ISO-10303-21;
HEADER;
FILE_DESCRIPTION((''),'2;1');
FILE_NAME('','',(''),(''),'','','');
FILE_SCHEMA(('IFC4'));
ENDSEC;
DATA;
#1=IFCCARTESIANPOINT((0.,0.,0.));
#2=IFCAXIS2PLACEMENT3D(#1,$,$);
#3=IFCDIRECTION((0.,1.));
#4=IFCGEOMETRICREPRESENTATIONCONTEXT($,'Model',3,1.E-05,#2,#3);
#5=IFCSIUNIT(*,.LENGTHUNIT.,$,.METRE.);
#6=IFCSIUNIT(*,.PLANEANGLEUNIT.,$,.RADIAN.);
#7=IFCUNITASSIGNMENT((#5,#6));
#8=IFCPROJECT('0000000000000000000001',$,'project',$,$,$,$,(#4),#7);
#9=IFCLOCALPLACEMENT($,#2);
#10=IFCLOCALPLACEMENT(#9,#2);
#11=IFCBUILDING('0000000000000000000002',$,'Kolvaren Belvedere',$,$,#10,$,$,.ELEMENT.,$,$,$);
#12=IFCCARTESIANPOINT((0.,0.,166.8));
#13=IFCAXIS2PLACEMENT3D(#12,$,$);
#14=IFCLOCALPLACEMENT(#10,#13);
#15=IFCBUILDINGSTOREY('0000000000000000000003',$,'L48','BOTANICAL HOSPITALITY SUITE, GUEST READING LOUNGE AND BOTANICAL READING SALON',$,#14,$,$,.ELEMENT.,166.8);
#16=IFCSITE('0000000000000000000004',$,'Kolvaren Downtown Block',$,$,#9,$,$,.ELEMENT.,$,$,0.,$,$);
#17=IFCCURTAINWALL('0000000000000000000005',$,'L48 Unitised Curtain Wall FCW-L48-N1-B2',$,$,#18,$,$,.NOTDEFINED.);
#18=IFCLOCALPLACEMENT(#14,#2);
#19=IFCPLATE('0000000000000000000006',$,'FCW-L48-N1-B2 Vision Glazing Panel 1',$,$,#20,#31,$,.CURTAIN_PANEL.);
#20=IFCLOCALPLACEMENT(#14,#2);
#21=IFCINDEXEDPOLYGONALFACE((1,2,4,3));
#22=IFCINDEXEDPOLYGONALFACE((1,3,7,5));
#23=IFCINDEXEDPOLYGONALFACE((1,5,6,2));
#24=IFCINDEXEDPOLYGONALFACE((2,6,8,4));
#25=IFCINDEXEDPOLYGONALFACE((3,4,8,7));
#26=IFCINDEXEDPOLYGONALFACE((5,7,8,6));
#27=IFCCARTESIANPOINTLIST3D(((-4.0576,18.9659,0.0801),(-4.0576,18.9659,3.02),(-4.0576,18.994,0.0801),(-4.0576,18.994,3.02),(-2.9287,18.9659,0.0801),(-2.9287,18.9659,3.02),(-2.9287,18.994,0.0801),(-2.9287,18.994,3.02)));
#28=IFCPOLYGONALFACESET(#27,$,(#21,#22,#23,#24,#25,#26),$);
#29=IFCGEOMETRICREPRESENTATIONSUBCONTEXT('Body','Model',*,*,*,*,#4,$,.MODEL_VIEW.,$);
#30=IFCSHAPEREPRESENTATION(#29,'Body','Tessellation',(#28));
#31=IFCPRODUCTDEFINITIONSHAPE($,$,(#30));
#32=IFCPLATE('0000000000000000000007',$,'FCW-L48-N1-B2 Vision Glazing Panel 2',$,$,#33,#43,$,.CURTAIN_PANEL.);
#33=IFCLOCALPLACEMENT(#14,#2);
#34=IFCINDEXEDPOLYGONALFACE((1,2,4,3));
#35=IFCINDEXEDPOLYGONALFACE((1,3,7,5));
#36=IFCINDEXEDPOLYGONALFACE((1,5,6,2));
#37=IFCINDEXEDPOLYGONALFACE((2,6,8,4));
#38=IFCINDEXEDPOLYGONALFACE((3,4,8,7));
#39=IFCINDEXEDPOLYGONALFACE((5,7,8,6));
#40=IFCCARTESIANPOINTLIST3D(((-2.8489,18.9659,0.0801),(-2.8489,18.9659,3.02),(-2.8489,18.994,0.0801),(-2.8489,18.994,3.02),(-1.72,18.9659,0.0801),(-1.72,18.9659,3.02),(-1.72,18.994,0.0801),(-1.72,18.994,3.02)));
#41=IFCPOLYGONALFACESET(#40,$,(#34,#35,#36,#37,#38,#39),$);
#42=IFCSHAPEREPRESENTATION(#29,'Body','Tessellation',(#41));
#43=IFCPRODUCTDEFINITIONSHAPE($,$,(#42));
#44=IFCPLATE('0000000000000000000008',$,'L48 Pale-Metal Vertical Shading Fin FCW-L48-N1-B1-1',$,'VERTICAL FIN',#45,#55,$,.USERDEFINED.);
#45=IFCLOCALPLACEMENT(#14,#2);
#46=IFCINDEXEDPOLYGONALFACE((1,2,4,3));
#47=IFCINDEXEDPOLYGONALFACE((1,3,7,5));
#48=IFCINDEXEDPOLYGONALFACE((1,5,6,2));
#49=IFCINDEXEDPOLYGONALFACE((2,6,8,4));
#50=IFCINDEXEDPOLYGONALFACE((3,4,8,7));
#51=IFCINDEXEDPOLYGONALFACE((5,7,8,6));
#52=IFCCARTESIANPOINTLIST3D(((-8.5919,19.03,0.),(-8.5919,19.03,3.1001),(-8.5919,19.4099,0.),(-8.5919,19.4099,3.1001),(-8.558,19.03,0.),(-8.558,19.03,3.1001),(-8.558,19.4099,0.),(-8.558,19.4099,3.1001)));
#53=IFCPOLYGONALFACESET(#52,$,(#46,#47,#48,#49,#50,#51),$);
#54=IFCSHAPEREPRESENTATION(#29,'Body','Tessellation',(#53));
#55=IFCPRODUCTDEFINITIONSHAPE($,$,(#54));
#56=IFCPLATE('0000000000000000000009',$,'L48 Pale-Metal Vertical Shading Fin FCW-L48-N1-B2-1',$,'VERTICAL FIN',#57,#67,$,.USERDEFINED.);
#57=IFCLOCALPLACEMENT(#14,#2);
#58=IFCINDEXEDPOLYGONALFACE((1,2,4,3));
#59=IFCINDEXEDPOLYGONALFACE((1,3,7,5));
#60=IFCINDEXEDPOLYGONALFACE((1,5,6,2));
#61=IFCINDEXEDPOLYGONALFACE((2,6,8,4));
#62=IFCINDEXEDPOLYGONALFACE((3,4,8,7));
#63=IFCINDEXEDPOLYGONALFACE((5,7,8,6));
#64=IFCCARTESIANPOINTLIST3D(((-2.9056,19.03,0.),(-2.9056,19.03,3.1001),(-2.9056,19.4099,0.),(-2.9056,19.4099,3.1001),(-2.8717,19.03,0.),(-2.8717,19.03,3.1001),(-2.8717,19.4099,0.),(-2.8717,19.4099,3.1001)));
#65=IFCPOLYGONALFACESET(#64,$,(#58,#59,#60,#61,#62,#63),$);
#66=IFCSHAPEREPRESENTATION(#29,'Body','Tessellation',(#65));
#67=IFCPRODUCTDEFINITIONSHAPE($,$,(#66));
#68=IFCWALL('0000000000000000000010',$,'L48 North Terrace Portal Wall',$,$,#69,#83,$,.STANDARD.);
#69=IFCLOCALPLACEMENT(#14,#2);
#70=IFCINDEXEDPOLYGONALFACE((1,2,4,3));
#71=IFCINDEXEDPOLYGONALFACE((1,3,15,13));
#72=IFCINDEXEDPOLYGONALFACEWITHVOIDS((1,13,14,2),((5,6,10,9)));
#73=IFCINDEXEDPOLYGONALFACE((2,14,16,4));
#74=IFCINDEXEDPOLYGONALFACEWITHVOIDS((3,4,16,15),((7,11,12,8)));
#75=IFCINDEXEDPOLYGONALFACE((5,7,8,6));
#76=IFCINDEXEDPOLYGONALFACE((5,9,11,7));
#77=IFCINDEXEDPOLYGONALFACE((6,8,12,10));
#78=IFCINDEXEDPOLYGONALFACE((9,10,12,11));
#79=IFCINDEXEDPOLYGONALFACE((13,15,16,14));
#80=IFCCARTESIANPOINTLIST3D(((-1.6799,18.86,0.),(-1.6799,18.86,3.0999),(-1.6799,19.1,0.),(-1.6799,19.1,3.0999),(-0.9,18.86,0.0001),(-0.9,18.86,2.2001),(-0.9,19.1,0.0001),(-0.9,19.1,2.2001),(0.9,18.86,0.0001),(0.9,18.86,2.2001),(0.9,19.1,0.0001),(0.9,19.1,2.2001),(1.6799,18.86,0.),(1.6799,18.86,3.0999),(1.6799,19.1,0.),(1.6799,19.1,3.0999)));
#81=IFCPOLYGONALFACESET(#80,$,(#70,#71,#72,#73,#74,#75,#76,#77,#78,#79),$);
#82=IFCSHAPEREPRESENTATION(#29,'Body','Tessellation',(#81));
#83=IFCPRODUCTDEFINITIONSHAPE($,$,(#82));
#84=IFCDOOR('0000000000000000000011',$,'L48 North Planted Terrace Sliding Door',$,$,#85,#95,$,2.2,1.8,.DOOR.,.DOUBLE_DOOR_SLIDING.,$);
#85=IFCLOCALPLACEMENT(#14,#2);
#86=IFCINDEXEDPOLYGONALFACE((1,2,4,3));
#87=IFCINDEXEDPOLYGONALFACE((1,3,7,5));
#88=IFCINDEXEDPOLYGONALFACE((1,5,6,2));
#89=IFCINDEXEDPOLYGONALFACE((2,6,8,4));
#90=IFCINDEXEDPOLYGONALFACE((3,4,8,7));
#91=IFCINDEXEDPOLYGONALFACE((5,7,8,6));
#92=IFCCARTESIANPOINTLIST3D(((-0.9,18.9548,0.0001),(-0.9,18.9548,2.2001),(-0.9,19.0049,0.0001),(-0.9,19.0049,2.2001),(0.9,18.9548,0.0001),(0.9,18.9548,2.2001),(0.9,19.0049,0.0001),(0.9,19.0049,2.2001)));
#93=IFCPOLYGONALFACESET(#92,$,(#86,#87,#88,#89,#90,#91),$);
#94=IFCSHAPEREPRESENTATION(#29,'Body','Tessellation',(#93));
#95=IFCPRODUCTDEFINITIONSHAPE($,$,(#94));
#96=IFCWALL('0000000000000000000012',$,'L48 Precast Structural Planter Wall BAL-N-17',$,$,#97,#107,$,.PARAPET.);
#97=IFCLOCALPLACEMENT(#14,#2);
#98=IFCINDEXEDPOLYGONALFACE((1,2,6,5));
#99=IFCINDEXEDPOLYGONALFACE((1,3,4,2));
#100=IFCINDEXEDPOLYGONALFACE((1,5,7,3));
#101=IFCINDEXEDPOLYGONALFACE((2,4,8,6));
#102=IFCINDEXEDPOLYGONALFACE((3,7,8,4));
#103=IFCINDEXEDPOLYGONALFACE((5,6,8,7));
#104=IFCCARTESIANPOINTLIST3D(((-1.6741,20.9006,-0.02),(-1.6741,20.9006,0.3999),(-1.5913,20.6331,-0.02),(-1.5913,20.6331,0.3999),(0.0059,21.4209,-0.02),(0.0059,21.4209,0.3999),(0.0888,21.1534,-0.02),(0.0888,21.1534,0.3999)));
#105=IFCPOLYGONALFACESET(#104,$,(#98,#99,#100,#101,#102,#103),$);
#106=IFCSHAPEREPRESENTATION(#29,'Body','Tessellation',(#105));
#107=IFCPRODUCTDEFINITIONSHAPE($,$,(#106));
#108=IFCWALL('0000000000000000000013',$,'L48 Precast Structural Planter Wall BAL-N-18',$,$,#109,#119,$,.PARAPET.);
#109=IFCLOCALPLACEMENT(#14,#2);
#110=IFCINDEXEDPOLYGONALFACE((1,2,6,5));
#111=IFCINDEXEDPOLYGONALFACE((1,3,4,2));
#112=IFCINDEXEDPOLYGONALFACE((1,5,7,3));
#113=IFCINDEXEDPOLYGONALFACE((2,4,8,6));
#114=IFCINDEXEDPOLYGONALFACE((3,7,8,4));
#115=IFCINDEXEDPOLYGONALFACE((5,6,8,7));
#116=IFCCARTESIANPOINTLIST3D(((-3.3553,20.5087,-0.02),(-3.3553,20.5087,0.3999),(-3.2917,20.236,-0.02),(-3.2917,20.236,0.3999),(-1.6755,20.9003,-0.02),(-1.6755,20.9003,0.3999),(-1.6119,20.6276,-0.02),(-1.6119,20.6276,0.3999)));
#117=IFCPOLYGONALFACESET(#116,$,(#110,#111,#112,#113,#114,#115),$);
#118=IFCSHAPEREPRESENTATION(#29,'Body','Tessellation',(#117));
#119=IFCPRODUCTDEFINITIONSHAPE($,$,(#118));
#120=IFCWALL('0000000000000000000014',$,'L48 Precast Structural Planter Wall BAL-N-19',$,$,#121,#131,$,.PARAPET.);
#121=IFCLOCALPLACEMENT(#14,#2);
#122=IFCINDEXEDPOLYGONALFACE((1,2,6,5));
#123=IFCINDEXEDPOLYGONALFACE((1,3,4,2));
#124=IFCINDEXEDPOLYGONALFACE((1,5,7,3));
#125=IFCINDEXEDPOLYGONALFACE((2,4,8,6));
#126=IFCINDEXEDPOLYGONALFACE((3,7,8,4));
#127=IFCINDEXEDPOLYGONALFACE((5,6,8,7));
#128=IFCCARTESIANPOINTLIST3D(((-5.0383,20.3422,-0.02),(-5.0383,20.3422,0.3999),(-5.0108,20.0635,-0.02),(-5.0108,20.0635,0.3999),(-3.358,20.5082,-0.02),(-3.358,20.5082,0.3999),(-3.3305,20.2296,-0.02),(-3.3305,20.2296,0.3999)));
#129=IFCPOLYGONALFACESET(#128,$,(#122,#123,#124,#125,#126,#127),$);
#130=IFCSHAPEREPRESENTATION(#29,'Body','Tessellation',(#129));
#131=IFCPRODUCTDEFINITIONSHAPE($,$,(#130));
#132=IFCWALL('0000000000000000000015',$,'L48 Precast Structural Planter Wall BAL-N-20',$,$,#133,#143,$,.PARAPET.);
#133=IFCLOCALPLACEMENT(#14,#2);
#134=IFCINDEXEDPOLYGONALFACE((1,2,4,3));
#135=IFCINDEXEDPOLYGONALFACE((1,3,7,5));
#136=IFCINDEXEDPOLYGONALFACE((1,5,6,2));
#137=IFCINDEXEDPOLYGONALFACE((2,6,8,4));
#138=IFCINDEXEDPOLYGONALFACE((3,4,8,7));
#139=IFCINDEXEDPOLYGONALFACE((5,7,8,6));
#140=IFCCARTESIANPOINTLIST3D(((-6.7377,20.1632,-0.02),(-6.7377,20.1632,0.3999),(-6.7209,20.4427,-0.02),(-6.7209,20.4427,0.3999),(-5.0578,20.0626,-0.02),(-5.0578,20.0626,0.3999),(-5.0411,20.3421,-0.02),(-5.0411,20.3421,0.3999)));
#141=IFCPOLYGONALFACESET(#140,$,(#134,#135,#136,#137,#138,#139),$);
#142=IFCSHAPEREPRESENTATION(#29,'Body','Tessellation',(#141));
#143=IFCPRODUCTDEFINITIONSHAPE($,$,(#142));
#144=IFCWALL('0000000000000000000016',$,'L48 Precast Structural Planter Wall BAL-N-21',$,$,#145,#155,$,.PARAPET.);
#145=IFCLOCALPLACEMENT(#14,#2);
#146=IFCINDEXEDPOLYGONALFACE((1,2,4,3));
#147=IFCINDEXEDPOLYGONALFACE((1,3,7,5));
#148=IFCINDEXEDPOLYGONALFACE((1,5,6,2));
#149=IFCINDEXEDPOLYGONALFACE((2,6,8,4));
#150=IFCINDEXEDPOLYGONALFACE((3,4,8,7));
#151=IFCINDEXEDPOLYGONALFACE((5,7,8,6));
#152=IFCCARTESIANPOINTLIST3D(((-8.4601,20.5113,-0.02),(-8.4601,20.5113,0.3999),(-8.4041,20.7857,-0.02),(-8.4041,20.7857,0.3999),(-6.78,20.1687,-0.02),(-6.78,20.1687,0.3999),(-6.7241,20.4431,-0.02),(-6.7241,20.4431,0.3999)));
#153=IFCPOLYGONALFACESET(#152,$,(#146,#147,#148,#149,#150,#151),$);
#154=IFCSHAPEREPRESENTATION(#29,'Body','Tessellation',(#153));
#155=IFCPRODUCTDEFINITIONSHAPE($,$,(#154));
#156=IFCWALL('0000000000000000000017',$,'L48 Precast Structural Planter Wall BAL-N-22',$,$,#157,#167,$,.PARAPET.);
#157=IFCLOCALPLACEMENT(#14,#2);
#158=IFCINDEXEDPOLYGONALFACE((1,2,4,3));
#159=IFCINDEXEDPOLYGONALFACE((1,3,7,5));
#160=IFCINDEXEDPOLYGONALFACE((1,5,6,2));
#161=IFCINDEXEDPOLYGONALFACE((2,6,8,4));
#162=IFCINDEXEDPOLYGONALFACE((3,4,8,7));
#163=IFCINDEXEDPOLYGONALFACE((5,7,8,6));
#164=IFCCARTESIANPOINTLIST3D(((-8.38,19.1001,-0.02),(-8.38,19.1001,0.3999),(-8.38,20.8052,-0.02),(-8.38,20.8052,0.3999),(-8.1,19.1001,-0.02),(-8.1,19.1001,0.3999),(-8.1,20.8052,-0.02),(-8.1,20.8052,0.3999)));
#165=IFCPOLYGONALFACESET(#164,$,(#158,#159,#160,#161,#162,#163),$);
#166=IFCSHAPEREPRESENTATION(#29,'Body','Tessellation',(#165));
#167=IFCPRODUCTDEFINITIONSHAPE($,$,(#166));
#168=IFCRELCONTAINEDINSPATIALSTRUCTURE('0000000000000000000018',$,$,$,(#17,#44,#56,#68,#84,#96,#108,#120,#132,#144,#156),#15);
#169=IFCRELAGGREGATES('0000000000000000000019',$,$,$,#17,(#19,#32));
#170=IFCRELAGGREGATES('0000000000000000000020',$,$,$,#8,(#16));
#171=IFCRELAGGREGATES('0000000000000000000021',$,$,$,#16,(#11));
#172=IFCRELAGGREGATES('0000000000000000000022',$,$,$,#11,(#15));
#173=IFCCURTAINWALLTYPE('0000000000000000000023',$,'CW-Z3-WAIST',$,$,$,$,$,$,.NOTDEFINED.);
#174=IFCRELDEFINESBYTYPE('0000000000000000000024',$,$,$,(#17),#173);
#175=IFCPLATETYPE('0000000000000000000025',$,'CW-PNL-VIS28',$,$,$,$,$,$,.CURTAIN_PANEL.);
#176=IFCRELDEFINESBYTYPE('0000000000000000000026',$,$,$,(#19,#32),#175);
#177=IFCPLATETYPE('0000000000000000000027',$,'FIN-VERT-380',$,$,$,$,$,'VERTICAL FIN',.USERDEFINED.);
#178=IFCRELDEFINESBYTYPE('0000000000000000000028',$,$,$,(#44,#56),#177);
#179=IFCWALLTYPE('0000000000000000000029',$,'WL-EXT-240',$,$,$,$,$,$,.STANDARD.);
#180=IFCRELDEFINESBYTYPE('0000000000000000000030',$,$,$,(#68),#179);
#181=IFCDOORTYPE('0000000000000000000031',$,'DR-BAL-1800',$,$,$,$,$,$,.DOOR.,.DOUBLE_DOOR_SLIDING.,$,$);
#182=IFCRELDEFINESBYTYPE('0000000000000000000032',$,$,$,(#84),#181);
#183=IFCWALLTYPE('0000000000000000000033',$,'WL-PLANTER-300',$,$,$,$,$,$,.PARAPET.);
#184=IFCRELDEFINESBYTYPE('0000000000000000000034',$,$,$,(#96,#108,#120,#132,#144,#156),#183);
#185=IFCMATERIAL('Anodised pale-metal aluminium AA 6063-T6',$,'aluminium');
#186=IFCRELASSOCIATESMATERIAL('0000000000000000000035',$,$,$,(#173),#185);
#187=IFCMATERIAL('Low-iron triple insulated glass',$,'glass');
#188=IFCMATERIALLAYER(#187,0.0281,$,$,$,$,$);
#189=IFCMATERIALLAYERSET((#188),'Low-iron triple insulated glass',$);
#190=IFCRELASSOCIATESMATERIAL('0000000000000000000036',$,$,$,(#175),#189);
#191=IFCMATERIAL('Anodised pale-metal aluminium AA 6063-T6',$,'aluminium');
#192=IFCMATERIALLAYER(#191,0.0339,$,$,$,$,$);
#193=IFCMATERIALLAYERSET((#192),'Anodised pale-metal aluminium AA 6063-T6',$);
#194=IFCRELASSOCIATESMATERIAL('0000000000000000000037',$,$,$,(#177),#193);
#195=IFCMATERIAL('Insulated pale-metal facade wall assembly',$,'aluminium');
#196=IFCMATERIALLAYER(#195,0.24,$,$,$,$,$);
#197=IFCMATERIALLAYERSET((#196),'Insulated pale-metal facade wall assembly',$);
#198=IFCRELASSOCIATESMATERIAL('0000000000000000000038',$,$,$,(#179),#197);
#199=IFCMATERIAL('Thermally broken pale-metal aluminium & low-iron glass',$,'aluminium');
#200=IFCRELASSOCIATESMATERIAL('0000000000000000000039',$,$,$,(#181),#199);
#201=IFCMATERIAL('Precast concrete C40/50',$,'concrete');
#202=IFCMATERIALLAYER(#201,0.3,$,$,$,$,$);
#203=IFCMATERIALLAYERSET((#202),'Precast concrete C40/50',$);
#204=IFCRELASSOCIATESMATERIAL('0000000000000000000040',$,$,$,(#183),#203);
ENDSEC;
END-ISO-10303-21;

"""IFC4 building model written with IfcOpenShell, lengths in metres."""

from ifc_helpers import new_model, si_unit, direction, frame, frame_2d, origin, origin_2d, place, context, subcontext, project, spatial, rectangle, extrude, material, layer, layer_set, type_object, element, fill, aggregate, save


model = new_model("IFC4")

# Units and contexts
model_context = context("Model", 3, precision=1e-05, world=origin(), true_north=direction((0.0, 1.0)))
body_context = subcontext(model_context, "Body", "Model", "MODEL_VIEW")
ifc_project = project(units=[si_unit("LENGTHUNIT", "METRE"), si_unit("PLANEANGLEUNIT", "RADIAN")], contexts=[model_context])

# Site, building, storey
site_placement = place(None, origin())
site = spatial("IfcSite", under=ifc_project, at=site_placement, Name="Kolvaren Downtown Block", CompositionType="ELEMENT", RefElevation=0.0)
building_placement = place(site_placement, origin())
building = spatial("IfcBuilding", under=site, at=building_placement, Name="Kolvaren Belvedere", CompositionType="ELEMENT")
storey_placement = place(building_placement, frame((0.0, 0.0, 166.8)))
storey = spatial("IfcBuildingStorey", under=building, at=storey_placement, Name="L48", Description="BOTANICAL HOSPITALITY SUITE, GUEST READING LOUNGE AND BOTANICAL READING SALON", CompositionType="ELEMENT", Elevation=166.8)

# Shared definitions
ifc_material_1 = material(Name="Anodised pale-metal aluminium AA 6063-T6", Category="aluminium")
curtain_wall_type = type_object("IfcCurtainWallType", Name="CW-Z3-WAIST", PredefinedType="NOTDEFINED", material=ifc_material_1)

# Curtain wall
curtain_wall_1_placement = place(storey_placement, origin())
curtain_wall_1 = element("IfcCurtainWall", 1, at=curtain_wall_1_placement, inside=storey, type_object=curtain_wall_type, Name="L48 Unitised Curtain Wall FCW-L48-N1-B2", PredefinedType="NOTDEFINED")

# Plates
ifc_material_2 = material(Name="Low-iron triple insulated glass", Category="glass")
ifc_layer_1 = layer(ifc_material_2, 0.0281)
ifc_layer_set_1 = layer_set([ifc_layer_1], Name="Low-iron triple insulated glass")
plate_type_1 = type_object("IfcPlateType", Name="CW-PNL-VIS28", PredefinedType="CURTAIN_PANEL", material=ifc_layer_set_1)
plate_1_placement = place(storey_placement, frame((-3.4932, 18.98, 0.0801), z_axis=(0.0, 0.0, 1.0), x_axis=(1.0, 0.0, 0.0)))
plate_1 = element("IfcPlate", 2, at=plate_1_placement, type_object=plate_type_1, Name="FCW-L48-N1-B2 Vision Glazing Panel 1", PredefinedType="CURTAIN_PANEL", context=body_context, shape_type="SweptSolid", body=[
    extrude(rectangle(XDim=1.1289, YDim=0.0281, at=origin_2d()), origin(), (0.0, 0.0, 1.0), 2.9399),
])
plate_2_placement = place(storey_placement, frame((-2.2844, 18.98, 0.0801), z_axis=(0.0, 0.0, 1.0), x_axis=(1.0, 0.0, 0.0)))
plate_2 = element("IfcPlate", 3, at=plate_2_placement, type_object=plate_type_1, Name="FCW-L48-N1-B2 Vision Glazing Panel 2", PredefinedType="CURTAIN_PANEL", context=body_context, shape_type="SweptSolid", body=[
    extrude(rectangle(XDim=1.1289, YDim=0.0281, at=origin_2d()), origin(), (0.0, 0.0, 1.0), 2.9399),
])
aggregate(curtain_wall_1, [plate_1, plate_2])

# Plates
ifc_material_3 = material(Name="Anodised pale-metal aluminium AA 6063-T6", Category="aluminium")
ifc_layer_2 = layer(ifc_material_3, 0.0339)
ifc_layer_set_2 = layer_set([ifc_layer_2], Name="Anodised pale-metal aluminium AA 6063-T6")
plate_type_2 = type_object("IfcPlateType", Name="FIN-VERT-380", ElementType="VERTICAL FIN", PredefinedType="USERDEFINED", material=ifc_layer_set_2)
for number, where, z_axis, x_axis, name in (
    (4, (-8.575, 19.22, 0.0), (0.0, 0.0, 1.0), (0.0, 1.0, 0.0), "L48 Pale-Metal Vertical Shading Fin FCW-L48-N1-B1-1"),
    (5, (-2.8887, 19.22, 0.0), (0.0, 0.0, 1.0), (0.0, 1.0, 0.0), "L48 Pale-Metal Vertical Shading Fin FCW-L48-N1-B2-1"),
):
    element("IfcPlate", number, at=place(storey_placement, frame(where, z_axis=z_axis, x_axis=x_axis)), inside=storey, type_object=plate_type_2, Name=name, ObjectType="VERTICAL FIN", PredefinedType="USERDEFINED", context=body_context, shape_type="SweptSolid", body=[
        extrude(rectangle(XDim=0.3799, YDim=0.0339, at=origin_2d()), origin(), (0.0, 0.0, 1.0), 3.1001),
    ])

# Wall, opening, door
ifc_material_4 = material(Name="Insulated pale-metal facade wall assembly", Category="aluminium")
ifc_layer_3 = layer(ifc_material_4, 0.24)
ifc_layer_set_3 = layer_set([ifc_layer_3], Name="Insulated pale-metal facade wall assembly")
wall_type_1 = type_object("IfcWallType", Name="WL-EXT-240", PredefinedType="STANDARD", material=ifc_layer_set_3)
wall_1_placement = place(storey_placement, frame((-1.6799, 18.98, 0.0), z_axis=(0.0, 0.0, 1.0), x_axis=(1.0, 0.0, 0.0)))
wall_1 = element("IfcWall", 6, at=wall_1_placement, inside=storey, type_object=wall_type_1, Name="L48 North Terrace Portal Wall", PredefinedType="STANDARD", context=body_context, shape_type="SweptSolid", body=[
    extrude(rectangle(XDim=3.3599, YDim=0.24, at=frame_2d((1.6799, 0.0))), origin(), (0.0, 0.0, 1.0), 3.0999),
])
opening_placement = place(wall_1_placement, frame((0.78, 0.0, 0.0)))
opening = element("IfcOpeningElement", 7, at=opening_placement, cuts=wall_1, PredefinedType="OPENING", context=body_context, shape_type="SweptSolid", body=[
    extrude(rectangle(XDim=1.8, YDim=2.2, at=frame_2d((0.8999, 1.1001))), frame((0.0, 0.1299, 0.0), z_axis=(0.0, -1.0, 0.0), x_axis=(1.0, 0.0, 0.0)), (0.0, 0.0, 1.0), 0.26),
])
ifc_material_5 = material(Name="Thermally broken pale-metal aluminium & low-iron glass", Category="aluminium")
door_type = type_object("IfcDoorType", Name="DR-BAL-1800", OperationType="DOUBLE_DOOR_SLIDING", PredefinedType="DOOR", material=ifc_material_5)
door_placement = place(opening_placement, origin())
door = element("IfcDoor", 8, at=door_placement, inside=storey, type_object=door_type, Name="L48 North Planted Terrace Sliding Door", OperationType="DOUBLE_DOOR_SLIDING", OverallHeight=2.2, OverallWidth=1.8, PredefinedType="DOOR", context=body_context, shape_type="SweptSolid", body=[
    extrude(rectangle(XDim=1.8, YDim=2.2, at=frame_2d((0.8999, 1.1001))), frame((0.0, 0.0249, 0.0), z_axis=(0.0, -1.0, 0.0), x_axis=(1.0, 0.0, 0.0)), (0.0, 0.0, 1.0), 0.05),
])
fill(opening, door)

# Walls
ifc_material_6 = material(Name="Precast concrete C40/50", Category="concrete")
ifc_layer_4 = layer(ifc_material_6, 0.3)
ifc_layer_set_4 = layer_set([ifc_layer_4], Name="Precast concrete C40/50")
wall_type_2 = type_object("IfcWallType", Name="WL-PLANTER-300", PredefinedType="PARAPET", material=ifc_layer_set_4)
wall_2_placement = place(storey_placement, frame((0.0474, 21.2871, -0.02), z_axis=(0.0, 0.0, 1.0), x_axis=(-0.955252, -0.295792, 0.0)))
element("IfcWall", 9, at=wall_2_placement, inside=storey, type_object=wall_type_2, Name="L48 Precast Structural Planter Wall BAL-N-17", PredefinedType="PARAPET", context=body_context, shape_type="SweptSolid", body=[
    extrude(rectangle(XDim=1.7588, YDim=0.28, at=frame_2d((0.8794, 0.0))), origin(), (0.0, 0.0, 1.0), 0.4199),
])
wall_3_placement = place(storey_placement, frame((-1.6438, 20.7639, -0.02), z_axis=(0.0, 0.0, 1.0), x_axis=(-0.97389, -0.227019, 0.0)))
element("IfcWall", 10, at=wall_3_placement, inside=storey, type_object=wall_type_2, Name="L48 Precast Structural Planter Wall BAL-N-18", PredefinedType="PARAPET", context=body_context, shape_type="SweptSolid", body=[
    extrude(rectangle(XDim=1.7249, YDim=0.28, at=frame_2d((0.8623, 0.0))), origin(), (0.0, 0.0, 1.0), 0.4199),
])
wall_4_placement = place(storey_placement, frame((-3.3442, 20.3689, -0.02), z_axis=(0.0, 0.0, 1.0), x_axis=(-0.995154, -0.09833, 0.0)))
element("IfcWall", 11, at=wall_4_placement, inside=storey, type_object=wall_type_2, Name="L48 Precast Structural Planter Wall BAL-N-19", PredefinedType="PARAPET", context=body_context, shape_type="SweptSolid", body=[
    extrude(rectangle(XDim=1.6885, YDim=0.28, at=frame_2d((0.8442, 0.0))), origin(), (0.0, 0.0, 1.0), 0.4199),
])
wall_5_placement = place(storey_placement, frame((-5.0496, 20.2024, -0.02), z_axis=(0.0, 0.0, 1.0), x_axis=(-0.998212, 0.059768, 0.0)))
element("IfcWall", 12, at=wall_5_placement, inside=storey, type_object=wall_type_2, Name="L48 Precast Structural Planter Wall BAL-N-20", PredefinedType="PARAPET", context=body_context, shape_type="SweptSolid", body=[
    extrude(rectangle(XDim=1.6829, YDim=0.28, at=frame_2d((0.8413, 0.0))), origin(), (0.0, 0.0, 1.0), 0.4199),
])
wall_6_placement = place(storey_placement, frame((-6.752, 20.3059, -0.02), z_axis=(0.0, 0.0, 1.0), x_axis=(-0.97984, 0.199784, 0.0)))
element("IfcWall", 13, at=wall_6_placement, inside=storey, type_object=wall_type_2, Name="L48 Precast Structural Planter Wall BAL-N-21", PredefinedType="PARAPET", context=body_context, shape_type="SweptSolid", body=[
    extrude(rectangle(XDim=1.7146, YDim=0.28, at=frame_2d((0.8574, 0.0))), origin(), (0.0, 0.0, 1.0), 0.4199),
])
wall_7_placement = place(storey_placement, frame((-8.24, 20.8052, -0.02), z_axis=(0.0, 0.0, 1.0), x_axis=(0.0, -1.0, 0.0)))
element("IfcWall", 14, at=wall_7_placement, inside=storey, type_object=wall_type_2, Name="L48 Precast Structural Planter Wall BAL-N-22", PredefinedType="PARAPET", context=body_context, shape_type="SweptSolid", body=[
    extrude(rectangle(XDim=1.7051, YDim=0.28, at=frame_2d((0.8525, 0.0))), origin(), (0.0, 0.0, 1.0), 0.4199),
])

save(model, "model.ifc")
